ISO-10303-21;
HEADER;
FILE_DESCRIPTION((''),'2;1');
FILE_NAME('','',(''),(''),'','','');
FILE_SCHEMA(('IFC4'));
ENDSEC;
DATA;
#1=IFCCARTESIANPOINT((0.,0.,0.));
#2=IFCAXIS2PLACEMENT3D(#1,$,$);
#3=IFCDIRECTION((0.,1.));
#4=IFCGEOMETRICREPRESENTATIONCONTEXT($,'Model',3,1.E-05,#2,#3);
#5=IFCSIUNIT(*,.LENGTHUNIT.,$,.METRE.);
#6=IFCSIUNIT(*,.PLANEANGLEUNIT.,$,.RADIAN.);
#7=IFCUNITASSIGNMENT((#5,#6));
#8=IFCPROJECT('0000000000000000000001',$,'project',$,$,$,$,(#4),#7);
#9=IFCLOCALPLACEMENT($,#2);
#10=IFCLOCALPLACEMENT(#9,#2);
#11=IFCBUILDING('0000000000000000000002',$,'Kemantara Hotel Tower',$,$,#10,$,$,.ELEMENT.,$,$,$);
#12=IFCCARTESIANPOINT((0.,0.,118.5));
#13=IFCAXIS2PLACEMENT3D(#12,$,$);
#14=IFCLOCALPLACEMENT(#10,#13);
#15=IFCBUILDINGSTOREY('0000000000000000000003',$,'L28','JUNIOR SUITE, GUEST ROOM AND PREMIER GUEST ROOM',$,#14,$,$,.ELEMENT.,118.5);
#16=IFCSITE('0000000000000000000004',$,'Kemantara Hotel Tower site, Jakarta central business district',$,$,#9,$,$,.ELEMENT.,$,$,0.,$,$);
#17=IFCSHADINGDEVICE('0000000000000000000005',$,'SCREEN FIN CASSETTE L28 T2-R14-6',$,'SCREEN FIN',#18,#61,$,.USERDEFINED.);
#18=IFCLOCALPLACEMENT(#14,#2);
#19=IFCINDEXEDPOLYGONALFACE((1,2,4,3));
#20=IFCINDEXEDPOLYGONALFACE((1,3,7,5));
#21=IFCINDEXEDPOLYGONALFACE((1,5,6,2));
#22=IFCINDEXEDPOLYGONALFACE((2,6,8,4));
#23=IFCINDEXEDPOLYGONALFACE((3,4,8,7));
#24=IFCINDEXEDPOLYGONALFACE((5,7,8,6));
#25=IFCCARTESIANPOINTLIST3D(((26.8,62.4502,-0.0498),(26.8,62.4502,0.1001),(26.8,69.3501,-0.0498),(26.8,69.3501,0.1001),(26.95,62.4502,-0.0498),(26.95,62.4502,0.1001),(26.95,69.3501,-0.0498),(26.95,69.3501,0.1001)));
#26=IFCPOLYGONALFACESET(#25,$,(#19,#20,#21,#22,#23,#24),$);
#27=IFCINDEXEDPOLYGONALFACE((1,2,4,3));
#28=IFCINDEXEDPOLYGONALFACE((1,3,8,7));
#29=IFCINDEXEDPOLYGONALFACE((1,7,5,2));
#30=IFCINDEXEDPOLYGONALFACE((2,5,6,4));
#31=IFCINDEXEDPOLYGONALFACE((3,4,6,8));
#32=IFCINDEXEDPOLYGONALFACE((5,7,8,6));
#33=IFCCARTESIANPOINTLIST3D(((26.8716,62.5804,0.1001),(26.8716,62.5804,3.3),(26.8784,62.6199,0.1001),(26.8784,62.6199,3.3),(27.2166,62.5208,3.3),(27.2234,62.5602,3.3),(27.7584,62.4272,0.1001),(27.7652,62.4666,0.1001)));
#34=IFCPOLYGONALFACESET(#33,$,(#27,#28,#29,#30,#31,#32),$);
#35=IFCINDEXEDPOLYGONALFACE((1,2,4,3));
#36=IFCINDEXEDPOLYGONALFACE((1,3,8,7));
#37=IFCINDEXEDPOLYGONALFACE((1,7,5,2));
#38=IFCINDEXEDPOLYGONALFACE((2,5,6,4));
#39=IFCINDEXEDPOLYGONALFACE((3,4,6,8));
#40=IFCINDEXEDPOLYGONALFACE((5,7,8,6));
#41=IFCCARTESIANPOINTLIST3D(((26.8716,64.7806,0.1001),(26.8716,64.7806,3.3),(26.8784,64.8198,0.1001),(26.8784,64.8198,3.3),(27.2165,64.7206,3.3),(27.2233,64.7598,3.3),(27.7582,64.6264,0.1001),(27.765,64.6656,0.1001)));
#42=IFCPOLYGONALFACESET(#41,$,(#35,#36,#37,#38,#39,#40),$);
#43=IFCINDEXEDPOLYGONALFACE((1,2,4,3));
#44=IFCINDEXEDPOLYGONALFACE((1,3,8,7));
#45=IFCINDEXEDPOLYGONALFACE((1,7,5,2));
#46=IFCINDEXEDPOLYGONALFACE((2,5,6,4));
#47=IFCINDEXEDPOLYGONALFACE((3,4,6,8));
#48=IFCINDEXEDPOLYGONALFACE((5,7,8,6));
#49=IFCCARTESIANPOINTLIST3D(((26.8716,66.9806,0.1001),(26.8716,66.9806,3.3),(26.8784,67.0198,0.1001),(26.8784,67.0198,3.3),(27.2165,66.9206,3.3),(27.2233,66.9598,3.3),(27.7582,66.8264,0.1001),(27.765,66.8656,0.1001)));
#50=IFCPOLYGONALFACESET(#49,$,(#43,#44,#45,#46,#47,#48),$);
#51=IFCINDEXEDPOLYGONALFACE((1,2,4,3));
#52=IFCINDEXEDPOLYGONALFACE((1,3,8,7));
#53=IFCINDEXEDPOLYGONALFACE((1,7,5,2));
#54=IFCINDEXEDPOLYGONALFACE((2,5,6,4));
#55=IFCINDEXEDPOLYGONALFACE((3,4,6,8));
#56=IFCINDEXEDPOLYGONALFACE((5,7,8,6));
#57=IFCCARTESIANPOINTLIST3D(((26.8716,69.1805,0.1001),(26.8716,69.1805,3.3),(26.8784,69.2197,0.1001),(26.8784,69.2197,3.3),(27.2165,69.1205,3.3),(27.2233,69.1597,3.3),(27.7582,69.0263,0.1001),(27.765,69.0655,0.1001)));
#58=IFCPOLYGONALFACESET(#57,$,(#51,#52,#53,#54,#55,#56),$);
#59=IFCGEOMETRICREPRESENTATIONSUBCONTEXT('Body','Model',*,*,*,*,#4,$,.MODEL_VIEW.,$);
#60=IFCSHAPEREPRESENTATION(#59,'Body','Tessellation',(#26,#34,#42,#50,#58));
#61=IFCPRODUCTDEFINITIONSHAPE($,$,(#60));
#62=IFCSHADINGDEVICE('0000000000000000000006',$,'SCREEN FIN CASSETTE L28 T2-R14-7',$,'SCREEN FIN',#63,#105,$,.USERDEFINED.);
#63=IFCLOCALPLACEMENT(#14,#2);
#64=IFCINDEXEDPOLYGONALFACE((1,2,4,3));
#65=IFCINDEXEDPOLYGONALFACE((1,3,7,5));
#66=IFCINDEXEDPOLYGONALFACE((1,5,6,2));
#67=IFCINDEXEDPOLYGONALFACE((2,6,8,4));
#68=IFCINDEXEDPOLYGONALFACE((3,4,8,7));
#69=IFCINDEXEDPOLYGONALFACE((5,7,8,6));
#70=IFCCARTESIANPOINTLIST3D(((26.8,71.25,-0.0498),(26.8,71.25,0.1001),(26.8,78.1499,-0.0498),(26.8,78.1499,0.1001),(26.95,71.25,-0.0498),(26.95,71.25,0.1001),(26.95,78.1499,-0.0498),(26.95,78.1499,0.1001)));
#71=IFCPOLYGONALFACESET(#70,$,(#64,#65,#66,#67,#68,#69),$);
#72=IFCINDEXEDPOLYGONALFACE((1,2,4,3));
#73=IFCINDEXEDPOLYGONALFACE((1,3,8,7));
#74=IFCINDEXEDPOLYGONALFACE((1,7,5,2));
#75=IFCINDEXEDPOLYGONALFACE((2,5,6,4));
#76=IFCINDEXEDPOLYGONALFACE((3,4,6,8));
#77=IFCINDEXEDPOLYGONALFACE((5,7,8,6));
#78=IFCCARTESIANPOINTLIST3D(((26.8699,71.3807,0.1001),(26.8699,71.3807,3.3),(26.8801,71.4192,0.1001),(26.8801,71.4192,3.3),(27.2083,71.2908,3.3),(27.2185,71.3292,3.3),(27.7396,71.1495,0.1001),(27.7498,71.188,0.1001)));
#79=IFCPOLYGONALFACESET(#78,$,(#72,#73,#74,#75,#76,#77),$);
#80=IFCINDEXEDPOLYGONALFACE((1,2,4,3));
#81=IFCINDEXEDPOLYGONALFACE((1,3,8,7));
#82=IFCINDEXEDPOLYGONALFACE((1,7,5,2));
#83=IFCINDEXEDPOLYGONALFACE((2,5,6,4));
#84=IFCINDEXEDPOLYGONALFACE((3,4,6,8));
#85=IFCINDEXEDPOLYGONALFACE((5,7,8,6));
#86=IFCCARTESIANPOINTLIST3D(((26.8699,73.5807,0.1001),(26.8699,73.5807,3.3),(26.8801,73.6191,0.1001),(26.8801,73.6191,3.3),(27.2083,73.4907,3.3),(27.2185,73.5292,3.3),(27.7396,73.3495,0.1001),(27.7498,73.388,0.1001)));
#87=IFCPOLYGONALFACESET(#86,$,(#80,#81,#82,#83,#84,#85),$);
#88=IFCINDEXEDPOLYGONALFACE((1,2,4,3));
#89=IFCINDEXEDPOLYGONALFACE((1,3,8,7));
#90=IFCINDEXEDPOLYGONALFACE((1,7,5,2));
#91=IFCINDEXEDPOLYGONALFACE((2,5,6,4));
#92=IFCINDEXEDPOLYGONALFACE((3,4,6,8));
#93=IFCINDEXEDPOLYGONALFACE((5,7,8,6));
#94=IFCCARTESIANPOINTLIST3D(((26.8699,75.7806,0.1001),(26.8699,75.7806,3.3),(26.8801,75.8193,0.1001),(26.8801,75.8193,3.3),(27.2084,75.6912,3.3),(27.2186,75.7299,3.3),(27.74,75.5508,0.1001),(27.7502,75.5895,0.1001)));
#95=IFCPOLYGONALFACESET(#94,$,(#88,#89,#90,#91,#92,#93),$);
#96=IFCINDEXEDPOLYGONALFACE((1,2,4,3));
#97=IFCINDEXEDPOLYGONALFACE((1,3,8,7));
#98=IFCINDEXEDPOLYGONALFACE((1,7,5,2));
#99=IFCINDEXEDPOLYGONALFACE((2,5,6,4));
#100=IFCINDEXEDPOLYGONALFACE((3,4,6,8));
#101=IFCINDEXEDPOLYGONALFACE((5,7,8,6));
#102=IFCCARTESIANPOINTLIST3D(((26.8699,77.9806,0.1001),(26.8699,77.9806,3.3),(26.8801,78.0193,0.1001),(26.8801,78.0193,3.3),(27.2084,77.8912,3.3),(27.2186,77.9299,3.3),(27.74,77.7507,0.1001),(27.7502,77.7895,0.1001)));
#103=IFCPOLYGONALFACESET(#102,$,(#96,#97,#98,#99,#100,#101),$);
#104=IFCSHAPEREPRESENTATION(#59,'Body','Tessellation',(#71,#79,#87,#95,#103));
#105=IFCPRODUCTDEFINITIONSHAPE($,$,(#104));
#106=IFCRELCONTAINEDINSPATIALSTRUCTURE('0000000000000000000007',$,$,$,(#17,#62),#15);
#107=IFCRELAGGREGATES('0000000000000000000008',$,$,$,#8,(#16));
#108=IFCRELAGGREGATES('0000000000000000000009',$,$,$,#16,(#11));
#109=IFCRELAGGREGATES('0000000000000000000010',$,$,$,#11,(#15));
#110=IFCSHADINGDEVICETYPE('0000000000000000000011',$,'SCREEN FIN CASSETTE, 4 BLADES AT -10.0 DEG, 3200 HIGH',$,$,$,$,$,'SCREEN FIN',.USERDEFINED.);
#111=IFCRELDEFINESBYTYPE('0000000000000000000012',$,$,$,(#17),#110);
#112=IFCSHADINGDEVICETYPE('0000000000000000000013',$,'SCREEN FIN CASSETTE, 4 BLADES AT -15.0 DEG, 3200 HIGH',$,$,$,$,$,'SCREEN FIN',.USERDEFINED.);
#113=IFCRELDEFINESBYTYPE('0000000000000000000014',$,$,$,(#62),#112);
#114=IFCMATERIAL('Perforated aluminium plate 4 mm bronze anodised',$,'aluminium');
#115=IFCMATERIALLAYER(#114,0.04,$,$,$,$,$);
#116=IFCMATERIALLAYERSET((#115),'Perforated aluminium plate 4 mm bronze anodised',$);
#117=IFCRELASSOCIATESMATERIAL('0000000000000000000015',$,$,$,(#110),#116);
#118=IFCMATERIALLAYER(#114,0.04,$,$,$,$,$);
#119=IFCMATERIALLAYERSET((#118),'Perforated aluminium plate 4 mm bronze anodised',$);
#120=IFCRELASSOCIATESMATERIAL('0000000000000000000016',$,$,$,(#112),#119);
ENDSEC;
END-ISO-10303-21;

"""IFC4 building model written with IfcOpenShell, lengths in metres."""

from ifc_helpers import new_model, si_unit, direction, frame, origin, origin_2d, place, context, subcontext, project, spatial, polyline, rectangle, outline, extrude, source, transform, mapped, material, layer, layer_set, type_object, element, save


model = new_model("IFC4")

# Units and contexts
model_context = context("Model", 3, precision=1e-05, world=origin(), true_north=direction((0.0, 1.0)))
body_context = subcontext(model_context, "Body", "Model", "MODEL_VIEW")
ifc_project = project(units=[si_unit("LENGTHUNIT", "METRE"), si_unit("PLANEANGLEUNIT", "RADIAN")], contexts=[model_context])

# Site, building, storey
site_placement = place(None, origin())
site = spatial("IfcSite", under=ifc_project, at=site_placement, Name="Kemantara Hotel Tower site, Jakarta central business district", CompositionType="ELEMENT", RefElevation=0.0)
building_placement = place(site_placement, origin())
building = spatial("IfcBuilding", under=site, at=building_placement, Name="Kemantara Hotel Tower", CompositionType="ELEMENT")
storey_placement = place(building_placement, frame((0.0, 0.0, 118.5)))
storey = spatial("IfcBuildingStorey", under=building, at=storey_placement, Name="L28", Description="JUNIOR SUITE, GUEST ROOM AND PREMIER GUEST ROOM", CompositionType="ELEMENT", Elevation=118.5)

# Shading devices
ifc_material_1 = material(Name="Perforated aluminium plate 4 mm bronze anodised", Category="aluminium")
ifc_layer_1 = layer(ifc_material_1, 0.04)
ifc_layer_set_1 = layer_set([ifc_layer_1], Name="Perforated aluminium plate 4 mm bronze anodised")
shading_device_type_1 = type_object("IfcShadingDeviceType", Name="SCREEN FIN CASSETTE, 4 BLADES AT -10.0 DEG, 3200 HIGH", ElementType="SCREEN FIN", PredefinedType="USERDEFINED", material=ifc_layer_set_1)
shared_shape_1 = source(origin(), body_context, "Body", "SweptSolid", [
    extrude(rectangle(XDim=6.8999, YDim=0.1499, at=origin_2d()), frame((3.3, -0.075, -0.1499), z_axis=(0.0, 0.0, 1.0), x_axis=(1.0, 0.0, 0.0)), (0.0, 0.0, 1.0), 0.1499),
    extrude(outline(polyline([(0.0, 0.0), (0.8999, 0.0), (0.3501, 3.2), (0.0, 3.2), (0.0, 0.0)])), frame((0.0198, -0.0784, 0.0), z_axis=(-0.98539, 0.170314, 0.0), x_axis=(-0.170314, -0.98539, 0.0)), (0.0, 0.0, 1.0), 0.04),
    extrude(outline(polyline([(0.0, 0.0), (0.8999, 0.0), (0.3501, 3.2), (0.0, 3.2), (0.0, 0.0)])), frame((2.2197, -0.0784, 0.0), z_axis=(-0.985212, 0.171341, 0.0), x_axis=(-0.171341, -0.985212, 0.0)), (0.0, 0.0, 1.0), 0.0398),
    extrude(outline(polyline([(0.0, 0.0), (0.8999, 0.0), (0.3501, 3.2), (0.0, 3.2), (0.0, 0.0)])), frame((4.4197, -0.0784, 0.0), z_axis=(-0.985212, 0.171341, 0.0), x_axis=(-0.171341, -0.985212, 0.0)), (0.0, 0.0, 1.0), 0.0398),
    extrude(outline(polyline([(0.0, 0.0), (0.8999, 0.0), (0.3501, 3.2), (0.0, 3.2), (0.0, 0.0)])), frame((6.6196, -0.0784, 0.0), z_axis=(-0.985212, 0.171341, 0.0), x_axis=(-0.171341, -0.985212, 0.0)), (0.0, 0.0, 1.0), 0.0398),
])
shading_device_1_placement = place(storey_placement, frame((26.8, 62.6001, 0.1001), z_axis=(0.0, 0.0, 1.0), x_axis=(0.0, 1.0, 0.0)))
element("IfcShadingDevice", 1, at=shading_device_1_placement, inside=storey, type_object=shading_device_type_1, Name="SCREEN FIN CASSETTE L28 T2-R14-6", ObjectType="SCREEN FIN", PredefinedType="USERDEFINED", context=body_context, shape_type="MappedRepresentation", body=[
    mapped(shared_shape_1, transform((0.0, 0.0, 0.0))),
])
ifc_layer_2 = layer(ifc_material_1, 0.04)
ifc_layer_set_2 = layer_set([ifc_layer_2], Name="Perforated aluminium plate 4 mm bronze anodised")
shading_device_type_2 = type_object("IfcShadingDeviceType", Name="SCREEN FIN CASSETTE, 4 BLADES AT -15.0 DEG, 3200 HIGH", ElementType="SCREEN FIN", PredefinedType="USERDEFINED", material=ifc_layer_set_2)
shared_shape_2 = source(origin(), body_context, "Body", "SweptSolid", [
    extrude(rectangle(XDim=6.8999, YDim=0.1499, at=origin_2d()), frame((3.3, -0.075, -0.1499), z_axis=(0.0, 0.0, 1.0), x_axis=(1.0, 0.0, 0.0)), (0.0, 0.0, 1.0), 0.1499),
    extrude(outline(polyline([(0.0, 0.0), (0.8999, 0.0), (0.3501, 3.2), (0.0, 3.2), (0.0, 0.0)])), frame((0.0193, -0.0801, 0.0), z_axis=(-0.966438, 0.256901, 0.0), x_axis=(-0.256901, -0.966438, 0.0)), (0.0, 0.0, 1.0), 0.0398),
    extrude(outline(polyline([(0.0, 0.0), (0.8999, 0.0), (0.3501, 3.2), (0.0, 3.2), (0.0, 0.0)])), frame((2.2192, -0.0801, 0.0), z_axis=(-0.966438, 0.256901, 0.0), x_axis=(-0.256901, -0.966438, 0.0)), (0.0, 0.0, 1.0), 0.0398),
    extrude(outline(polyline([(0.0, 0.0), (0.8999, 0.0), (0.3501, 3.2), (0.0, 3.2), (0.0, 0.0)])), frame((4.4194, -0.0801, 0.0), z_axis=(-0.966838, 0.255391, 0.0), x_axis=(-0.255391, -0.966838, 0.0)), (0.0, 0.0, 1.0), 0.04),
    extrude(outline(polyline([(0.0, 0.0), (0.8999, 0.0), (0.3501, 3.2), (0.0, 3.2), (0.0, 0.0)])), frame((6.6194, -0.0801, 0.0), z_axis=(-0.966838, 0.255391, 0.0), x_axis=(-0.255391, -0.966838, 0.0)), (0.0, 0.0, 1.0), 0.04),
])
shading_device_2_placement = place(storey_placement, frame((26.8, 71.3999, 0.1001), z_axis=(0.0, 0.0, 1.0), x_axis=(0.0, 1.0, 0.0)))
element("IfcShadingDevice", 2, at=shading_device_2_placement, inside=storey, type_object=shading_device_type_2, Name="SCREEN FIN CASSETTE L28 T2-R14-7", ObjectType="SCREEN FIN", PredefinedType="USERDEFINED", context=body_context, shape_type="MappedRepresentation", body=[
    mapped(shared_shape_2, transform((0.0, 0.0, 0.0))),
])

save(model, "model.ifc")
